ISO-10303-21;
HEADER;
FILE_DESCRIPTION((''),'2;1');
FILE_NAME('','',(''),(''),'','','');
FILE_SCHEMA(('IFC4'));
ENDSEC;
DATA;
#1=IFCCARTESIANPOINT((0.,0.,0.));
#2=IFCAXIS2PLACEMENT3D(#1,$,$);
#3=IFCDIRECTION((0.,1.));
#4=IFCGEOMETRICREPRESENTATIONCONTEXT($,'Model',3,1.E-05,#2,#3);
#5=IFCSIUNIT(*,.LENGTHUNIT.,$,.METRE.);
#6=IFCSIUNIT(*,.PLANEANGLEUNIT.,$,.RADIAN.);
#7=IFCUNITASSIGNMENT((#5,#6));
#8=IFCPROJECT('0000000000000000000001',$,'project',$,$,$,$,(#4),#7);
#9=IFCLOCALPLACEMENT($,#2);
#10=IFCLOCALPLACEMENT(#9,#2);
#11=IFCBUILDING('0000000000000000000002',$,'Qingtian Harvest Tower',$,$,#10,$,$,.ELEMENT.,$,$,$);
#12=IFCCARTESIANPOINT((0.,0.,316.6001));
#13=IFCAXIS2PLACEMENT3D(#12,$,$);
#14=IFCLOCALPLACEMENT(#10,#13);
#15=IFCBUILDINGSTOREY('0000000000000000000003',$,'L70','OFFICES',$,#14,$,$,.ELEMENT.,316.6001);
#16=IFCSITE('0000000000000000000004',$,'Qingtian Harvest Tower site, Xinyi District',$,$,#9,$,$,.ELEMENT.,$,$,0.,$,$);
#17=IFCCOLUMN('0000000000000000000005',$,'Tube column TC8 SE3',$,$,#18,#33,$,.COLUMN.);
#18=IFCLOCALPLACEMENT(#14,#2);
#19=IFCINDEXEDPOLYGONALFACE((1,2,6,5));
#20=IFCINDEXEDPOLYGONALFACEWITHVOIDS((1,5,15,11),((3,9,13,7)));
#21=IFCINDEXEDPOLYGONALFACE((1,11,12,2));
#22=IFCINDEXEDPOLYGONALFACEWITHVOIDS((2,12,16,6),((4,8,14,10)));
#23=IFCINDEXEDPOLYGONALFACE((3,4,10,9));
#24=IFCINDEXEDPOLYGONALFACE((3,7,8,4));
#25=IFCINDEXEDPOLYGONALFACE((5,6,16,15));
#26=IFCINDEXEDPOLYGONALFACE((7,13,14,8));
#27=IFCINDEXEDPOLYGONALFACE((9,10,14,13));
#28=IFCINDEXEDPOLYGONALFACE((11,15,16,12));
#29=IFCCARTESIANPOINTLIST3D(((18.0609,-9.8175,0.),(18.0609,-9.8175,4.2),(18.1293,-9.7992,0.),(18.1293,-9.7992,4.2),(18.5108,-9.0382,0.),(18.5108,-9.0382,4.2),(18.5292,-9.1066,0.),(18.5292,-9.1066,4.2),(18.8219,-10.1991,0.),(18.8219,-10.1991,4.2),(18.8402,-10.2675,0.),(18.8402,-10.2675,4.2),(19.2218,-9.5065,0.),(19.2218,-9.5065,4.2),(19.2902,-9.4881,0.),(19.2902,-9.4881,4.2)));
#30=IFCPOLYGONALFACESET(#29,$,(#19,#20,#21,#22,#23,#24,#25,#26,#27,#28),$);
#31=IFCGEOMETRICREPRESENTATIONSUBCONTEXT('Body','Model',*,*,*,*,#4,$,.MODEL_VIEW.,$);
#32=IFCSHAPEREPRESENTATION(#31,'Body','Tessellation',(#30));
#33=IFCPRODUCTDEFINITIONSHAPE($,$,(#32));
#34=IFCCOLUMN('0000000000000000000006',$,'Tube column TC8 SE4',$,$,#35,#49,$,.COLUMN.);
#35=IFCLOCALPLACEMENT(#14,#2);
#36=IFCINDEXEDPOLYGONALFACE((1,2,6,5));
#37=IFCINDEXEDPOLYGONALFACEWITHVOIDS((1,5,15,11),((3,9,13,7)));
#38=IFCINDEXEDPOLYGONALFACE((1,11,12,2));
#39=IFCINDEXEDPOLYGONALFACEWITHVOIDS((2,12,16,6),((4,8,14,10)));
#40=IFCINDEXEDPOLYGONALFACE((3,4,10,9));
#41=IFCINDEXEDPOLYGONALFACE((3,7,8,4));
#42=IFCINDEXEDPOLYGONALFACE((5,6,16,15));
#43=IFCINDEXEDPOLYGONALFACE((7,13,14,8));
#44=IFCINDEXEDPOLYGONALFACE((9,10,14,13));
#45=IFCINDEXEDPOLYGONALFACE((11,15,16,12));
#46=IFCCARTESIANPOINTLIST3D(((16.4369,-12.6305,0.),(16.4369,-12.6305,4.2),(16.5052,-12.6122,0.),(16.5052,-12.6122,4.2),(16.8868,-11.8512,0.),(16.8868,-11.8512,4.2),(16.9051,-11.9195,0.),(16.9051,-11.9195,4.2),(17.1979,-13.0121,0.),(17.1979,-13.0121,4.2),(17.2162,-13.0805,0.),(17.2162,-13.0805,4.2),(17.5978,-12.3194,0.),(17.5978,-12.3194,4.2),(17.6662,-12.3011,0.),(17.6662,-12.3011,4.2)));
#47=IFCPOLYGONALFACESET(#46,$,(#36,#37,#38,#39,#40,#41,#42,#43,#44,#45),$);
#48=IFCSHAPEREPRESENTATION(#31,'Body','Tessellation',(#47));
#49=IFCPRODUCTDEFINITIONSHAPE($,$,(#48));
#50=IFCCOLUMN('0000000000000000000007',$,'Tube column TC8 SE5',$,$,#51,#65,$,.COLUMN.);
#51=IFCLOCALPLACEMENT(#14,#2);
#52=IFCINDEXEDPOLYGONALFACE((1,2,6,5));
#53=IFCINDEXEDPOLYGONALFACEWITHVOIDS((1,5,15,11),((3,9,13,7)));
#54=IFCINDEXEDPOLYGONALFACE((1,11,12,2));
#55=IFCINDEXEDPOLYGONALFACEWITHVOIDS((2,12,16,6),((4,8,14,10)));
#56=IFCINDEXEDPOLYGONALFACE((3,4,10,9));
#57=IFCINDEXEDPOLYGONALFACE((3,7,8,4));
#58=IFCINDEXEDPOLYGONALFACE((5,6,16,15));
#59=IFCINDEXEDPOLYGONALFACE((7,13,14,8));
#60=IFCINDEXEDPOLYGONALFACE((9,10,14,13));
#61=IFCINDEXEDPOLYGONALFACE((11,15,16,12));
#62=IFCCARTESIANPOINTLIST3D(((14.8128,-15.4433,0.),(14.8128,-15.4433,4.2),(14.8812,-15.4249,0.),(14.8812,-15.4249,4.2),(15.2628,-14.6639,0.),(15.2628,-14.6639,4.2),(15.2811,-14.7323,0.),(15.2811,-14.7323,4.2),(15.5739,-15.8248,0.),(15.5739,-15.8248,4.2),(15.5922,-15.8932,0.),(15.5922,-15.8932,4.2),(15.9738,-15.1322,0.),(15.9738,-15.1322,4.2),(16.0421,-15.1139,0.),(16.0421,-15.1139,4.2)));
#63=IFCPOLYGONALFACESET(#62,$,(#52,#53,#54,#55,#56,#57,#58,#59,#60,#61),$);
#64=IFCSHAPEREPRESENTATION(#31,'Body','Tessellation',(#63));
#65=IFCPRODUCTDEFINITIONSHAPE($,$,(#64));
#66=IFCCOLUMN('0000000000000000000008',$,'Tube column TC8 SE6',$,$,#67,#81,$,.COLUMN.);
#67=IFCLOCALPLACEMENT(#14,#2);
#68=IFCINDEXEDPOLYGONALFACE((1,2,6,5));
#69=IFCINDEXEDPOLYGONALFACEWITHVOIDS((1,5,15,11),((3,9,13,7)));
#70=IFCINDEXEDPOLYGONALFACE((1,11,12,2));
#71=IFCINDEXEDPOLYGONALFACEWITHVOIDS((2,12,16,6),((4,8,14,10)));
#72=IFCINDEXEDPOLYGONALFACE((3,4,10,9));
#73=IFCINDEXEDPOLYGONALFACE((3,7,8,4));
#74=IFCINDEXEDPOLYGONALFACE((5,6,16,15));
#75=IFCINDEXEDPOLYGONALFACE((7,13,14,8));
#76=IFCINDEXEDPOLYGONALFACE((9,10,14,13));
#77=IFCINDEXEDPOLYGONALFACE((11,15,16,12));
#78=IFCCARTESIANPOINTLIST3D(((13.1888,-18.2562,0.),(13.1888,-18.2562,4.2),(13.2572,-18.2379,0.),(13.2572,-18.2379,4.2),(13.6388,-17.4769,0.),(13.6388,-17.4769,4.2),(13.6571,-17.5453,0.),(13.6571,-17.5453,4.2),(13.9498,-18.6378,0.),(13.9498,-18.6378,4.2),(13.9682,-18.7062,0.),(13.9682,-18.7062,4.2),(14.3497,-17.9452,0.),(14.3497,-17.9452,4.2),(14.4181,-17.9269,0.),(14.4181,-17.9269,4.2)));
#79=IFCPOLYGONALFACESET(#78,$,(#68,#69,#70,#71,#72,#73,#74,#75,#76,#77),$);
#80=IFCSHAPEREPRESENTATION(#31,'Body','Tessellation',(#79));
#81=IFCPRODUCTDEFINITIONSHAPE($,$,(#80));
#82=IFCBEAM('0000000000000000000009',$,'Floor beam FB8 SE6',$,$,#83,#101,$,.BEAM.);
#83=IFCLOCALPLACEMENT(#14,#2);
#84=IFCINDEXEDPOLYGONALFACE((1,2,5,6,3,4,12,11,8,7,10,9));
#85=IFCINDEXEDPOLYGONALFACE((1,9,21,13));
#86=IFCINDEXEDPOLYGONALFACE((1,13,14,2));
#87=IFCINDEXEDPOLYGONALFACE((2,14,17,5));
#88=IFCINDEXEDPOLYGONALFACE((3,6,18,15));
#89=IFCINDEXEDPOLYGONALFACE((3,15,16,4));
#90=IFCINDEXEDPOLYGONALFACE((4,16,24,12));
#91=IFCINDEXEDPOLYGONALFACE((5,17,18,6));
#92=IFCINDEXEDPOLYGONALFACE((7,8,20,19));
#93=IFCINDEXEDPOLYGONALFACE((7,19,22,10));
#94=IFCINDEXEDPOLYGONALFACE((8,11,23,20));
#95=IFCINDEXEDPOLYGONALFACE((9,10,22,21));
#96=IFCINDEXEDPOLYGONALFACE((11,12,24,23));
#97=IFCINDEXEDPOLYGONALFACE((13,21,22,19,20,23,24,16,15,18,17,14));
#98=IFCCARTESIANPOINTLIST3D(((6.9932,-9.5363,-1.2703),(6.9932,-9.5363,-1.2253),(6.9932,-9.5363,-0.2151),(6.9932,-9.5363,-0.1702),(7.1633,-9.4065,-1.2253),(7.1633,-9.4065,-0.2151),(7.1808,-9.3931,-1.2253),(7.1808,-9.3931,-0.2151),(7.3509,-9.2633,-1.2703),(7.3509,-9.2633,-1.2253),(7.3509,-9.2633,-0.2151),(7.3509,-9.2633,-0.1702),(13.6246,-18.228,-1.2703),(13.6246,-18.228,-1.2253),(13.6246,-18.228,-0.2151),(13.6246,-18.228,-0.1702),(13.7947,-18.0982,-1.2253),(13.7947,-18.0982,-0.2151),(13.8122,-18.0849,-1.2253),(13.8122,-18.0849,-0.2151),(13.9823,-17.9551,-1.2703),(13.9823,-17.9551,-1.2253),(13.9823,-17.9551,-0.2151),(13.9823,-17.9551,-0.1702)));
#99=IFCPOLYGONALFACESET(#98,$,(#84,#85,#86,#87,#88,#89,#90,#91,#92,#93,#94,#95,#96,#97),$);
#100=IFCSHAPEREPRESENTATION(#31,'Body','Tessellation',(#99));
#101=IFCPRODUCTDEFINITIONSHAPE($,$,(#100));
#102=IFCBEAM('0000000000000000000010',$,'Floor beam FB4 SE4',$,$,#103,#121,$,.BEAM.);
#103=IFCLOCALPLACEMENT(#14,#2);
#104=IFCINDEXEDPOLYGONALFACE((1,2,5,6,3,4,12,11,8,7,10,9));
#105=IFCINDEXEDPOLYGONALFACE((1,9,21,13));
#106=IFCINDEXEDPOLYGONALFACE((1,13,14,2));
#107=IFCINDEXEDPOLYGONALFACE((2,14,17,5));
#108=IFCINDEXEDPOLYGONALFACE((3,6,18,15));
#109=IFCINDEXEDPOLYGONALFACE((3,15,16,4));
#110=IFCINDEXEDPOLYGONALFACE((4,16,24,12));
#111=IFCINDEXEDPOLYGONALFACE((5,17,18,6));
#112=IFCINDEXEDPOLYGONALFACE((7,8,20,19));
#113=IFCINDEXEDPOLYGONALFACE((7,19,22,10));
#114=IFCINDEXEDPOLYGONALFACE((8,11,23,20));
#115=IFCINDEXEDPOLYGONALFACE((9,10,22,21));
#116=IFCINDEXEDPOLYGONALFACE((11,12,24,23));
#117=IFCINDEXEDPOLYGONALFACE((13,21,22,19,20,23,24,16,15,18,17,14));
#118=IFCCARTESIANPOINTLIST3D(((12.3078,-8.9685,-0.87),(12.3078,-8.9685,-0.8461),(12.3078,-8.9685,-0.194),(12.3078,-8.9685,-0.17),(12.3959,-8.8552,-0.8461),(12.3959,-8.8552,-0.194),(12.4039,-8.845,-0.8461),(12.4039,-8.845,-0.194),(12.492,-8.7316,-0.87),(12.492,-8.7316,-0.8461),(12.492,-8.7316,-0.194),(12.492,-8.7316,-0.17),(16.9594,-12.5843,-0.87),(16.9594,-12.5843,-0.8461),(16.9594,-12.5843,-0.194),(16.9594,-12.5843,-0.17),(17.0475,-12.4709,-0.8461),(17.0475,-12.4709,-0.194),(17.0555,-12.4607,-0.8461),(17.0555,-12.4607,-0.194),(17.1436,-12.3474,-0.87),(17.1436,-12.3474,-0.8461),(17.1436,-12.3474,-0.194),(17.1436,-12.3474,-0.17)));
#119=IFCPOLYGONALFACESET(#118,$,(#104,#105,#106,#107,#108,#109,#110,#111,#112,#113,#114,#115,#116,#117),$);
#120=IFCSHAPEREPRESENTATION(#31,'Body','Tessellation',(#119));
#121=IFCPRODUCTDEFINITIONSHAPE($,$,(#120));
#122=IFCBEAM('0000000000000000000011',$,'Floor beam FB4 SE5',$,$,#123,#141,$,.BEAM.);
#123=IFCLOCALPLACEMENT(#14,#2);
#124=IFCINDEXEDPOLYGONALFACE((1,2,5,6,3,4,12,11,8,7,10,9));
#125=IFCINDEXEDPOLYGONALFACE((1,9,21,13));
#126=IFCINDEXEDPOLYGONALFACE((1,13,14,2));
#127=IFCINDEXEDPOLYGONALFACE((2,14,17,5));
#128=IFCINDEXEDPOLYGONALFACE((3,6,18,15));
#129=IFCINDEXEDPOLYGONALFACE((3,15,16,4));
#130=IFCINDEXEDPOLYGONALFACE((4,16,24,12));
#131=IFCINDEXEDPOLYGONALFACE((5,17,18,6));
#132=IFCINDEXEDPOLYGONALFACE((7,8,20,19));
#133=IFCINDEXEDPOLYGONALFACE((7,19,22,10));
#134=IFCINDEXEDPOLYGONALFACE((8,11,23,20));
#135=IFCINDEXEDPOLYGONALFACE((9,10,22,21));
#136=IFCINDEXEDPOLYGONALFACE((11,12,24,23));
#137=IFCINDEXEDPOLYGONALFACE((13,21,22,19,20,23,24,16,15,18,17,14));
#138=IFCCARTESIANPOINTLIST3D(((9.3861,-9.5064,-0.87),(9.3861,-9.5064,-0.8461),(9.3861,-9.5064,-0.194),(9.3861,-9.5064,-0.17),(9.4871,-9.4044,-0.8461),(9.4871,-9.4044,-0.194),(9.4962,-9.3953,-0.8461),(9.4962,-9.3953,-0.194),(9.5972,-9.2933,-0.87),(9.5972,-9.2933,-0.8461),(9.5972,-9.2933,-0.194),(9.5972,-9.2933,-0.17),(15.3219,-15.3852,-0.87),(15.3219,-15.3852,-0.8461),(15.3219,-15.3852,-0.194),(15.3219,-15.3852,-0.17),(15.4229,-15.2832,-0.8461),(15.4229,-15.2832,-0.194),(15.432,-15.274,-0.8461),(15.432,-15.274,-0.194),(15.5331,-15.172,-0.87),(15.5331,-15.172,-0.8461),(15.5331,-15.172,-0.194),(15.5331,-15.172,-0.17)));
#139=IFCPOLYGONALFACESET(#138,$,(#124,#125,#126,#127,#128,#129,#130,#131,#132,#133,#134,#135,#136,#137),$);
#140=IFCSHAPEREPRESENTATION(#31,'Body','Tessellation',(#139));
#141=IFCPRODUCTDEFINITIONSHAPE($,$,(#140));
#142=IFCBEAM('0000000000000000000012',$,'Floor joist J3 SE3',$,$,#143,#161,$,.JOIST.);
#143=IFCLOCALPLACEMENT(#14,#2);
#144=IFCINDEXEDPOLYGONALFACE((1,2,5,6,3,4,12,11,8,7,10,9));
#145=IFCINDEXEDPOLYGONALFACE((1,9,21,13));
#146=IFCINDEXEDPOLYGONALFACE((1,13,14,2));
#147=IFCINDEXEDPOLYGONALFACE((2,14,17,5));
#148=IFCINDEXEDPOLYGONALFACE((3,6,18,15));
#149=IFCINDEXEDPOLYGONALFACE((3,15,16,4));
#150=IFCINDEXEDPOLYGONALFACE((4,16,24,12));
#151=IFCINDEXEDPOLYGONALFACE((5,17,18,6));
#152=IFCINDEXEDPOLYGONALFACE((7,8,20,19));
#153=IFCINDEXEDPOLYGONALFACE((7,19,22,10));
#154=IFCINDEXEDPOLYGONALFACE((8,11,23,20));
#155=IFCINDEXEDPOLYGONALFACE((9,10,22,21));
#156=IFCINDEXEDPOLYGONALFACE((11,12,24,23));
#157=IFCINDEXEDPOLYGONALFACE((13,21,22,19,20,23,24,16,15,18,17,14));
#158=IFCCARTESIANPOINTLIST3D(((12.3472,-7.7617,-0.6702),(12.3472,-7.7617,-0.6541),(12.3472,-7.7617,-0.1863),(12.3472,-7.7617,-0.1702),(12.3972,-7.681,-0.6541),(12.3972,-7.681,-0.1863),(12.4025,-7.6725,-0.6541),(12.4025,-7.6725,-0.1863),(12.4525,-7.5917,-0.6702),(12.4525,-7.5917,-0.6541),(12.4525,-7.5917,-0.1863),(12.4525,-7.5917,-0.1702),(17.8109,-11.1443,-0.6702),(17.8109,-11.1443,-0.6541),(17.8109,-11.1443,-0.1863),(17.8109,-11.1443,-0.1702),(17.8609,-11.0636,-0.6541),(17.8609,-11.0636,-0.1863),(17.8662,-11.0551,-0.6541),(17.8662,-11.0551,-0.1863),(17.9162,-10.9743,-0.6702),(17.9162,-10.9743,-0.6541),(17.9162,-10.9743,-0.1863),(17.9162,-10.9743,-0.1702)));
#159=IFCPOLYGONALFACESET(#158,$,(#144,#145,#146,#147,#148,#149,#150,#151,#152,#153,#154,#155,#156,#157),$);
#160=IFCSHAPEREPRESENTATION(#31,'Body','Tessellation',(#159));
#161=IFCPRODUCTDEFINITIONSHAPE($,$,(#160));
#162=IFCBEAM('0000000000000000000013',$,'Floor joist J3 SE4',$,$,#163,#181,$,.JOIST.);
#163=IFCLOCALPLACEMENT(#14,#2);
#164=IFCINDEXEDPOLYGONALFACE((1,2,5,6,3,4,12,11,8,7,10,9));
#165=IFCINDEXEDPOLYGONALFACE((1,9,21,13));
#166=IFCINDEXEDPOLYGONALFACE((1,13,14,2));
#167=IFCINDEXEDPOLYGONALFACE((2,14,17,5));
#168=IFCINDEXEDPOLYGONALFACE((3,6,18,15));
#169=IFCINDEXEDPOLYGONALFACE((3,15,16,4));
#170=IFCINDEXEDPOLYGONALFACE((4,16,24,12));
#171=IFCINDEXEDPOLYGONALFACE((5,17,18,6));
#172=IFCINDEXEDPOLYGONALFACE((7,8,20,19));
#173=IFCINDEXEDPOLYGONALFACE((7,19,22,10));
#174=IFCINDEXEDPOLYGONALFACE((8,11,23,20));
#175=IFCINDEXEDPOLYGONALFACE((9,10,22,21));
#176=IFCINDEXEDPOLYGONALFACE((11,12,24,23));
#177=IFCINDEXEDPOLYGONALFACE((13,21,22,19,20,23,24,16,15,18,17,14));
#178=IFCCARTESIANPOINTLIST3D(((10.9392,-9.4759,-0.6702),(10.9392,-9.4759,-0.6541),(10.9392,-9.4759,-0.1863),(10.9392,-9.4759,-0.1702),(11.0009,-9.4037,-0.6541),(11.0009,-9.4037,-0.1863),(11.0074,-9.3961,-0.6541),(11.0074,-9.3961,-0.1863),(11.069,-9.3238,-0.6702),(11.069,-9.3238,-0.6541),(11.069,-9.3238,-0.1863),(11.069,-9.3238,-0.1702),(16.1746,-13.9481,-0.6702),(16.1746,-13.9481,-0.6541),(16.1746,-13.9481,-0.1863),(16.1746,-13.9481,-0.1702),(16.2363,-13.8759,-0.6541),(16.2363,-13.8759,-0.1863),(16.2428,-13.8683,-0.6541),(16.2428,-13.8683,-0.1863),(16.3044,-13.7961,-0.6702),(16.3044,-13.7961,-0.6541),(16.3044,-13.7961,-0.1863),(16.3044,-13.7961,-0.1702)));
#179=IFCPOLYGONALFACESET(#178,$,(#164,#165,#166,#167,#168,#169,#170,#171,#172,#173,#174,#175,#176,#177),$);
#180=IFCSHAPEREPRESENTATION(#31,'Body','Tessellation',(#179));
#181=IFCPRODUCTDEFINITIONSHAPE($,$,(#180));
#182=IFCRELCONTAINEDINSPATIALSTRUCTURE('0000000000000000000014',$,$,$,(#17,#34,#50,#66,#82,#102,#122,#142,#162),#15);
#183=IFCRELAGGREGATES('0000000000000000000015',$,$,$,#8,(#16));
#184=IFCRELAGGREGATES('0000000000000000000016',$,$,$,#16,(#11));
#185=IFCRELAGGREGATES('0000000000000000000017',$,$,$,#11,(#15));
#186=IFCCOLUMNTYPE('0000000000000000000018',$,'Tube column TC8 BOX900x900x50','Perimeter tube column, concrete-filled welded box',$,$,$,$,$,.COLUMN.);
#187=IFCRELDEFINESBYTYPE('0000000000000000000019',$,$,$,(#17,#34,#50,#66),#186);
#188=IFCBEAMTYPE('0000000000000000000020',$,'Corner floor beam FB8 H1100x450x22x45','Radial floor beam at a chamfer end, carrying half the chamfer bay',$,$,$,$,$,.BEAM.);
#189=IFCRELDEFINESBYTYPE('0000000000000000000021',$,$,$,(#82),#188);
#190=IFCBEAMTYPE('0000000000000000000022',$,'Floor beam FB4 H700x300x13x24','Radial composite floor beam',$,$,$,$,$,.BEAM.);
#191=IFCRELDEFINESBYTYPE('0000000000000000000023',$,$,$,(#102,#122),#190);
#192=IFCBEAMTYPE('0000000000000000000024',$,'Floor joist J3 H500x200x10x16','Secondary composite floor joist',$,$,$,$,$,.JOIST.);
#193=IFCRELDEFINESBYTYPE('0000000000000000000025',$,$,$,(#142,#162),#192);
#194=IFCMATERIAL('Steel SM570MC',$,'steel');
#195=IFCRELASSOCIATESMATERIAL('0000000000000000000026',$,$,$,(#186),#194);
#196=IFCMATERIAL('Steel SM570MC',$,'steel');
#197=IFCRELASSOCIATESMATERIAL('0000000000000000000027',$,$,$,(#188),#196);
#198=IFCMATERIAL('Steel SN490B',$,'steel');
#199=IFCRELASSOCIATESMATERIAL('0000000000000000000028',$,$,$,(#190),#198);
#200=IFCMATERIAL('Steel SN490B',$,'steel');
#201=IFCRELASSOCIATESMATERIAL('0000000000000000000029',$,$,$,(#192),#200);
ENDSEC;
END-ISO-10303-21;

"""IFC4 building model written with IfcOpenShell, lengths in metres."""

from ifc_helpers import new_model, si_unit, direction, frame, origin, origin_2d, place, context, subcontext, project, spatial, hollow_rectangle, i_section, extrude, material, material_profile, profile_set, type_object, element, save


model = new_model("IFC4")

# Units and contexts
model_context = context("Model", 3, precision=1e-05, world=origin(), true_north=direction((0.0, 1.0)))
body_context = subcontext(model_context, "Body", "Model", "MODEL_VIEW")
ifc_project = project(units=[si_unit("LENGTHUNIT", "METRE"), si_unit("PLANEANGLEUNIT", "RADIAN")], contexts=[model_context])

# Site, building, storey
site_placement = place(None, origin())
site = spatial("IfcSite", under=ifc_project, at=site_placement, Name="Qingtian Harvest Tower site, Xinyi District", CompositionType="ELEMENT", RefElevation=0.0)
building_placement = place(site_placement, origin())
building = spatial("IfcBuilding", under=site, at=building_placement, Name="Qingtian Harvest Tower", CompositionType="ELEMENT")
storey_placement = place(building_placement, frame((0.0, 0.0, 316.6001)))
storey = spatial("IfcBuildingStorey", under=building, at=storey_placement, Name="L70", Description="OFFICES", CompositionType="ELEMENT", Elevation=316.6001)

# Columns
ifc_material_1 = material(Name="Steel SM570MC", Category="steel")
ifc_material_profile_1 = material_profile(ifc_material_1, hollow_rectangle(XDim=0.8999, YDim=0.8999, WallThickness=0.05, at=origin_2d()), Name="BOX900x900x50")
ifc_profile_set_1 = profile_set([ifc_material_profile_1], Name="Steel SM570MC")
column_type = type_object("IfcColumnType", Name="Tube column TC8 BOX900x900x50", Description="Perimeter tube column, concrete-filled welded box", PredefinedType="COLUMN", material=ifc_profile_set_1)
for number, where, z_axis, x_axis, name in (
    (1, (18.6755, -9.6528, 0.0), (0.0, 0.0, 1.0), (0.5, 0.866025, 0.0), "Tube column TC8 SE3"),
    (2, (17.0515, -12.4658, 0.0), (0.0, 0.0, 1.0), (0.5, 0.866025, 0.0), "Tube column TC8 SE4"),
    (3, (15.4275, -15.2786, 0.0), (0.0, 0.0, 1.0), (0.5, 0.866025, 0.0), "Tube column TC8 SE5"),
    (4, (13.8035, -18.0916, 0.0), (0.0, 0.0, 1.0), (0.5, 0.866025, 0.0), "Tube column TC8 SE6"),
):
    element("IfcColumn", number, at=place(storey_placement, frame(where, z_axis=z_axis, x_axis=x_axis)), inside=storey, type_object=column_type, Name=name, PredefinedType="COLUMN", context=body_context, shape_type="SweptSolid", body=[
        extrude(hollow_rectangle(XDim=0.8999, YDim=0.8999, WallThickness=0.05, at=origin_2d()), origin(), (0.0, 0.0, 1.0), 4.2),
    ])

# Beams
ifc_material_2 = material(Name="Steel SM570MC", Category="steel")
ifc_material_profile_2 = material_profile(ifc_material_2, i_section(OverallWidth=0.45, OverallDepth=1.1001, WebThickness=0.022, FlangeThickness=0.0449, at=origin_2d()), Name="H1100x450x22x45")
ifc_profile_set_2 = profile_set([ifc_material_profile_2], Name="Steel SM570MC")
beam_type_1 = type_object("IfcBeamType", Name="Corner floor beam FB8 H1100x450x22x45", Description="Radial floor beam at a chamfer end, carrying half the chamfer bay", PredefinedType="BEAM", material=ifc_profile_set_2)
beam_1_placement = place(storey_placement, frame((13.8035, -18.0916, -0.7202), z_axis=(-0.606572, 0.795029, 0.0), x_axis=(-0.795029, -0.606572, 0.0)))
element("IfcBeam", 5, at=beam_1_placement, inside=storey, type_object=beam_type_1, Name="Floor beam FB8 SE6", PredefinedType="BEAM", context=body_context, shape_type="SweptSolid", body=[
    extrude(i_section(OverallWidth=0.45, OverallDepth=1.1001, WebThickness=0.022, FlangeThickness=0.0449, at=origin_2d()), origin(), (0.0, 0.0, 1.0), 10.9326),
])
ifc_material_3 = material(Name="Steel SN490B", Category="steel")
ifc_material_profile_3 = material_profile(ifc_material_3, i_section(OverallWidth=0.3, OverallDepth=0.7, WebThickness=0.0129, FlangeThickness=0.0239, at=origin_2d()), Name="H700x300x13x24")
ifc_profile_set_3 = profile_set([ifc_material_profile_3], Name="Steel SN490B")
beam_type_2 = type_object("IfcBeamType", Name="Floor beam FB4 H700x300x13x24", Description="Radial composite floor beam", PredefinedType="BEAM", material=ifc_profile_set_3)
beam_2_placement = place(storey_placement, frame((17.0515, -12.4658, -0.52), z_axis=(-0.789533, 0.613708, 0.0), x_axis=(-0.613708, -0.789533, 0.0)))
element("IfcBeam", 6, at=beam_2_placement, inside=storey, type_object=beam_type_2, Name="Floor beam FB4 SE4", PredefinedType="BEAM", context=body_context, shape_type="SweptSolid", body=[
    extrude(i_section(OverallWidth=0.3, OverallDepth=0.7, WebThickness=0.0129, FlangeThickness=0.0239, at=origin_2d()), origin(), (0.0, 0.0, 1.0), 5.8916),
])
beam_3_placement = place(storey_placement, frame((15.4275, -15.2786, -0.52), z_axis=(-0.710518, 0.703679, 0.0), x_axis=(-0.703679, -0.710518, 0.0)))
element("IfcBeam", 7, at=beam_3_placement, inside=storey, type_object=beam_type_2, Name="Floor beam FB4 SE5", PredefinedType="BEAM", context=body_context, shape_type="SweptSolid", body=[
    extrude(i_section(OverallWidth=0.3, OverallDepth=0.7, WebThickness=0.0129, FlangeThickness=0.0239, at=origin_2d()), origin(), (0.0, 0.0, 1.0), 8.3542),
])
ifc_material_4 = material(Name="Steel SN490B", Category="steel")
ifc_material_profile_4 = material_profile(ifc_material_4, i_section(OverallWidth=0.2, OverallDepth=0.5, WebThickness=0.01, FlangeThickness=0.0161, at=origin_2d()), Name="H500x200x10x16")
ifc_profile_set_4 = profile_set([ifc_material_profile_4], Name="Steel SN490B")
beam_type_3 = type_object("IfcBeamType", Name="Floor joist J3 H500x200x10x16", Description="Secondary composite floor joist", PredefinedType="JOIST", material=ifc_profile_set_4)
beam_4_placement = place(storey_placement, frame((17.8635, -11.0593, -0.4202), z_axis=(-0.850242, 0.526391, 0.0), x_axis=(-0.526391, -0.850242, 0.0)))
element("IfcBeam", 8, at=beam_4_placement, inside=storey, type_object=beam_type_3, Name="Floor joist J3 SE3", PredefinedType="JOIST", context=body_context, shape_type="SweptSolid", body=[
    extrude(i_section(OverallWidth=0.2, OverallDepth=0.5, WebThickness=0.01, FlangeThickness=0.0161, at=origin_2d()), origin(), (0.0, 0.0, 1.0), 6.426),
])
beam_5_placement = place(storey_placement, frame((16.2395, -13.8721, -0.4202), z_axis=(-0.760352, 0.649511, 0.0), x_axis=(-0.649511, -0.760352, 0.0)))
element("IfcBeam", 9, at=beam_5_placement, inside=storey, type_object=beam_type_3, Name="Floor joist J3 SE4", PredefinedType="JOIST", context=body_context, shape_type="SweptSolid", body=[
    extrude(i_section(OverallWidth=0.2, OverallDepth=0.5, WebThickness=0.01, FlangeThickness=0.0161, at=origin_2d()), origin(), (0.0, 0.0, 1.0), 6.8855),
])

save(model, "model.ifc")
